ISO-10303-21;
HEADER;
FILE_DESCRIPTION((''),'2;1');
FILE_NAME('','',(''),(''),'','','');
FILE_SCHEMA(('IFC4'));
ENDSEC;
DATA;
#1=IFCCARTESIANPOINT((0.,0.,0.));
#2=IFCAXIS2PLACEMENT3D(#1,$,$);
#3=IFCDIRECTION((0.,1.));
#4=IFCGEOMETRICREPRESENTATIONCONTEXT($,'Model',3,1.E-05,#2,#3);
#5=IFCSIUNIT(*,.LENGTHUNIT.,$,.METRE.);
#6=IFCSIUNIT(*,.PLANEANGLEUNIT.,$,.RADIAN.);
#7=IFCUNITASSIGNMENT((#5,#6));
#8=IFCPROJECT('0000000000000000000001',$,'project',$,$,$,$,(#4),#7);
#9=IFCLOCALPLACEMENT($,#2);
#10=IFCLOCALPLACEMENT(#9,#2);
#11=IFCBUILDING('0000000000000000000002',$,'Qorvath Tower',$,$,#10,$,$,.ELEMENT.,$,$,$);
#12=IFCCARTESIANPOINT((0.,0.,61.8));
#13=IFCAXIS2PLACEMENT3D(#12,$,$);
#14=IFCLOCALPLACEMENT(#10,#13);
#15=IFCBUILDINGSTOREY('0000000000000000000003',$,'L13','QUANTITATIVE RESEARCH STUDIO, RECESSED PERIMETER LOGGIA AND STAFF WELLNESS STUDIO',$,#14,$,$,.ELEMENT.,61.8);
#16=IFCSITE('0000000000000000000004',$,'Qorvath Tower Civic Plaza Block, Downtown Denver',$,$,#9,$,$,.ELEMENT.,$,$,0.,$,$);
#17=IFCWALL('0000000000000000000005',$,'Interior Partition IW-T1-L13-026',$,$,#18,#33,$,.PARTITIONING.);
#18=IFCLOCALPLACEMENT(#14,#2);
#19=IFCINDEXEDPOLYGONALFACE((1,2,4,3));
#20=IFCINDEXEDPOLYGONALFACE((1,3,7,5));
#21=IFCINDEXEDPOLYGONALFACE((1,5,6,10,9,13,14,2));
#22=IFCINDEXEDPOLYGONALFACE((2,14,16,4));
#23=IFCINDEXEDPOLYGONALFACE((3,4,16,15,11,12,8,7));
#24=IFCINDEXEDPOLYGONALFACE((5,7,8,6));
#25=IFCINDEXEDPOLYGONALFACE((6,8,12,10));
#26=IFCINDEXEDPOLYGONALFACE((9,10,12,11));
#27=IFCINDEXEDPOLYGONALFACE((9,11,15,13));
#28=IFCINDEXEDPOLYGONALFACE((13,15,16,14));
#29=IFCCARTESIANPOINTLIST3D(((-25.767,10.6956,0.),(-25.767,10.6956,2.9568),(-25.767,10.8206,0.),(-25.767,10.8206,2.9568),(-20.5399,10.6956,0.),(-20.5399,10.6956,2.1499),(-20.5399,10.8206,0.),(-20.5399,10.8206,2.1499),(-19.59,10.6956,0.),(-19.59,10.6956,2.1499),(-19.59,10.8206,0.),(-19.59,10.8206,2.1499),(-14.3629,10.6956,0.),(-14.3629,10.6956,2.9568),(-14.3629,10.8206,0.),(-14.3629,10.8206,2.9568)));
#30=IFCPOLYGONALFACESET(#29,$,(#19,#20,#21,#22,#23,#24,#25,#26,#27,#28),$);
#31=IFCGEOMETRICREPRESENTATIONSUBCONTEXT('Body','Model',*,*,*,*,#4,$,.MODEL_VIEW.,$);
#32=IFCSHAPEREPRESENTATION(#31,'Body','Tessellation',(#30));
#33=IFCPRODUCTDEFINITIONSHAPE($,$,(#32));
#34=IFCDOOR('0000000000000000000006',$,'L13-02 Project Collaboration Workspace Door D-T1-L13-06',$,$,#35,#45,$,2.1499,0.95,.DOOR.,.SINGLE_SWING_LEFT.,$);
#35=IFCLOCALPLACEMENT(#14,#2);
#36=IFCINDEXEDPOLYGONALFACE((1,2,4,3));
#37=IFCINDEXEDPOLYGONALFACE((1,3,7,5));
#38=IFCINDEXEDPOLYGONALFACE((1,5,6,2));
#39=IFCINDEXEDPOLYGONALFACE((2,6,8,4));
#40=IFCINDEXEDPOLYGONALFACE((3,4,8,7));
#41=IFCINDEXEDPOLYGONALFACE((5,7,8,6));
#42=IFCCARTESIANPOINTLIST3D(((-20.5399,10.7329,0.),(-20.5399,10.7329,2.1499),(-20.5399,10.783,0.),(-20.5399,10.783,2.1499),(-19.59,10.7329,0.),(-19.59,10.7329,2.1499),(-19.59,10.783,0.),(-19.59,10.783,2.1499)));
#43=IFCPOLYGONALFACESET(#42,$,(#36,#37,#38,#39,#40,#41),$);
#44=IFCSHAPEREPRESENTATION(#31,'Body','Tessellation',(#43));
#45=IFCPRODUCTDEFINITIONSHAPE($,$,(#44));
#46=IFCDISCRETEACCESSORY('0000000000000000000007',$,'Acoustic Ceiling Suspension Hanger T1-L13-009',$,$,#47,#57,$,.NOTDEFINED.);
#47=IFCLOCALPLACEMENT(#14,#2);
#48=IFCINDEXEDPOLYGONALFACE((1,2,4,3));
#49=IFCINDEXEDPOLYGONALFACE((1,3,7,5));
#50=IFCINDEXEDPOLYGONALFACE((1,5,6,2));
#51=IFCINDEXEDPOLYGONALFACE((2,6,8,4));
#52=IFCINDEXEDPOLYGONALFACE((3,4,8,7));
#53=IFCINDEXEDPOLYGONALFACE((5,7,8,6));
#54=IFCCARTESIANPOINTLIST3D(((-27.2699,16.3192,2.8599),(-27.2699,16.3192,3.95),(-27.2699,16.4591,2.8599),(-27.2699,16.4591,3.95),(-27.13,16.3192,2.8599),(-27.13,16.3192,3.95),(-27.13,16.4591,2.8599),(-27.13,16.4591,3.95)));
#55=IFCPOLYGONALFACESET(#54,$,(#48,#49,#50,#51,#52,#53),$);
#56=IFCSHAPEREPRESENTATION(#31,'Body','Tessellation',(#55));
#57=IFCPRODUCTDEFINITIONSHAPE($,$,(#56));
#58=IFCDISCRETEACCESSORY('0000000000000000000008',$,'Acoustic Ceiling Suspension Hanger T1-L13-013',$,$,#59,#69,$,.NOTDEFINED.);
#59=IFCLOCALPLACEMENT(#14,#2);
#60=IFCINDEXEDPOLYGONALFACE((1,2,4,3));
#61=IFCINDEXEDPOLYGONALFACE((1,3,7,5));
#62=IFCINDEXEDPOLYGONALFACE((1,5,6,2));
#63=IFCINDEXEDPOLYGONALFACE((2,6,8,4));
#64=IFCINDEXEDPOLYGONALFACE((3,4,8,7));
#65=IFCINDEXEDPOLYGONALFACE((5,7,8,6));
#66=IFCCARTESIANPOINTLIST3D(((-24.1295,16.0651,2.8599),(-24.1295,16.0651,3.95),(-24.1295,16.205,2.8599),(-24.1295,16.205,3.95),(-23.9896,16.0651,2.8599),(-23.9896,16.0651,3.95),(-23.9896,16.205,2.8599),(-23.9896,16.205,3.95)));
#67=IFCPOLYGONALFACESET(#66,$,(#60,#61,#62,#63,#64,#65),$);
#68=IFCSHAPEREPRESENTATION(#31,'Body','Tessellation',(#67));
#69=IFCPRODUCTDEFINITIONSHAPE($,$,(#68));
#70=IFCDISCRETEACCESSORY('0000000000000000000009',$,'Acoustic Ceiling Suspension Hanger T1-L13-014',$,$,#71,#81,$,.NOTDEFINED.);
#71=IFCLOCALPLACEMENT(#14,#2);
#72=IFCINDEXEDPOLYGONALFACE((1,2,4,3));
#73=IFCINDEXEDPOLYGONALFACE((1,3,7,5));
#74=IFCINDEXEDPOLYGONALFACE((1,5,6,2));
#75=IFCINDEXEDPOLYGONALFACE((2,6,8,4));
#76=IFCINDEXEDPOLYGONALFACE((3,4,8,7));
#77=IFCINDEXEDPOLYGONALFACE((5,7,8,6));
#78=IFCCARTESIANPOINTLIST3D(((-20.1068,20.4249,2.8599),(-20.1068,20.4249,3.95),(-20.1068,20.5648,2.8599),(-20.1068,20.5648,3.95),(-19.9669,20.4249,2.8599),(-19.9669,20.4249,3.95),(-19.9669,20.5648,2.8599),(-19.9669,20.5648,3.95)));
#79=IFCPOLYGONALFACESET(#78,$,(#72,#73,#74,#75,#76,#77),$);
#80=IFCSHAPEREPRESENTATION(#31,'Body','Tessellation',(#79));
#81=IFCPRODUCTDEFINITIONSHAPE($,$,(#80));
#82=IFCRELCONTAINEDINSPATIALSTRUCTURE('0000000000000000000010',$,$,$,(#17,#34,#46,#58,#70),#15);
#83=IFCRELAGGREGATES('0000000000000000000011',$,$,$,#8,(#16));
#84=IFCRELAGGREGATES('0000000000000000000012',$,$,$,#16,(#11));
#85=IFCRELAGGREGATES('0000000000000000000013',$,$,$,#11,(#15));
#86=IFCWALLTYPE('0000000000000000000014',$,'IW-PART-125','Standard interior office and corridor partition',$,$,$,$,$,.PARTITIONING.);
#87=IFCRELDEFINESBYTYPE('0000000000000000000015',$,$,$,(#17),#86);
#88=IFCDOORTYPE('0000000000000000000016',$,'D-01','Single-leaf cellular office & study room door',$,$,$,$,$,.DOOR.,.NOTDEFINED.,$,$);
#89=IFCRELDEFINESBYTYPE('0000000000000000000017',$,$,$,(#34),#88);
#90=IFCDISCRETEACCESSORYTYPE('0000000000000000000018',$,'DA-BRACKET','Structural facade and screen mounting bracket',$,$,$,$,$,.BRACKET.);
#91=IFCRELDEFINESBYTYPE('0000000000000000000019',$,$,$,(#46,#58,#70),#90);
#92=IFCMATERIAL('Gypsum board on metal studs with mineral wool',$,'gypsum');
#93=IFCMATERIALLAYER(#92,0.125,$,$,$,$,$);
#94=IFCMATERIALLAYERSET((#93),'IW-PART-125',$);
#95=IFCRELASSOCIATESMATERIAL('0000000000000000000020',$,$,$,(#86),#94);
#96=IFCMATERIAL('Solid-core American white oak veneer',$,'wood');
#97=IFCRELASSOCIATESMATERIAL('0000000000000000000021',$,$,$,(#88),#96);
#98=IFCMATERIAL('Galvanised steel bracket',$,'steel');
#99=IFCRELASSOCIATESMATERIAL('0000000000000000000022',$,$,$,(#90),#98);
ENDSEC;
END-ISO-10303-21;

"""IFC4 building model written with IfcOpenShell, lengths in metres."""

from ifc_helpers import new_model, si_unit, direction, frame, frame_2d, origin, origin_2d, place, context, subcontext, project, spatial, rectangle, extrude, material, layer, layer_set, type_object, element, fill, save


model = new_model("IFC4")

# Units and contexts
model_context = context("Model", 3, precision=1e-05, world=origin(), true_north=direction((0.0, 1.0)))
body_context = subcontext(model_context, "Body", "Model", "MODEL_VIEW")
ifc_project = project(units=[si_unit("LENGTHUNIT", "METRE"), si_unit("PLANEANGLEUNIT", "RADIAN")], contexts=[model_context])

# Site, building, storey
site_placement = place(None, origin())
site = spatial("IfcSite", under=ifc_project, at=site_placement, Name="Qorvath Tower Civic Plaza Block, Downtown Denver", CompositionType="ELEMENT", RefElevation=0.0)
building_placement = place(site_placement, origin())
building = spatial("IfcBuilding", under=site, at=building_placement, Name="Qorvath Tower", CompositionType="ELEMENT")
storey_placement = place(building_placement, frame((0.0, 0.0, 61.8)))
storey = spatial("IfcBuildingStorey", under=building, at=storey_placement, Name="L13", Description="QUANTITATIVE RESEARCH STUDIO, RECESSED PERIMETER LOGGIA AND STAFF WELLNESS STUDIO", CompositionType="ELEMENT", Elevation=61.8)

# Shared definitions
ifc_material_1 = material(Name="Gypsum board on metal studs with mineral wool", Category="gypsum")
ifc_layer_1 = layer(ifc_material_1, 0.125)
ifc_layer_set_1 = layer_set([ifc_layer_1], Name="IW-PART-125")
wall_type_1 = type_object("IfcWallType", Name="IW-PART-125", Description="Standard interior office and corridor partition", PredefinedType="PARTITIONING", material=ifc_layer_set_1)

# Wall, opening, door
wall_1_placement = place(storey_placement, frame((-25.7671, 10.7581, 0.0), z_axis=(0.0, 0.0, 1.0), x_axis=(1.0, 0.0, 0.0)))
wall_1 = element("IfcWall", 1, at=wall_1_placement, inside=storey, type_object=wall_type_1, Name="Interior Partition IW-T1-L13-026", PredefinedType="PARTITIONING", context=body_context, shape_type="SweptSolid", body=[
    extrude(rectangle(XDim=11.4041, YDim=0.125, at=frame_2d((5.7021, 0.0))), origin(), (0.0, 0.0, 1.0), 2.9568),
])
opening_placement = place(wall_1_placement, frame((5.2271, 0.0, 0.0)))
opening = element("IfcOpeningElement", 2, at=opening_placement, cuts=wall_1, PredefinedType="OPENING", context=body_context, shape_type="SweptSolid", body=[
    extrude(rectangle(XDim=0.95, YDim=2.1499, at=frame_2d((0.4751, 1.075))), frame((0.0, 0.0725, 0.0), z_axis=(0.0, -1.0, 0.0), x_axis=(1.0, 0.0, 0.0)), (0.0, 0.0, 1.0), 0.145),
])
ifc_material_2 = material(Name="Solid-core American white oak veneer", Category="wood")
door_type = type_object("IfcDoorType", Name="D-01", Description="Single-leaf cellular office & study room door", OperationType="NOTDEFINED", PredefinedType="DOOR", material=ifc_material_2)
door_placement = place(opening_placement, origin())
door = element("IfcDoor", 3, at=door_placement, inside=storey, type_object=door_type, Name="L13-02 Project Collaboration Workspace Door D-T1-L13-06", OperationType="SINGLE_SWING_LEFT", OverallHeight=2.1499, OverallWidth=0.95, PredefinedType="DOOR", context=body_context, shape_type="SweptSolid", body=[
    extrude(rectangle(XDim=0.95, YDim=2.1499, at=frame_2d((0.4751, 1.075))), frame((0.0, 0.0249, 0.0), z_axis=(0.0, -1.0, 0.0), x_axis=(1.0, 0.0, 0.0)), (0.0, 0.0, 1.0), 0.05),
])
fill(opening, door)

# Discrete accessories
ifc_material_3 = material(Name="Galvanised steel bracket", Category="steel")
discrete_accessory_type = type_object("IfcDiscreteAccessoryType", Name="DA-BRACKET", Description="Structural facade and screen mounting bracket", PredefinedType="BRACKET", material=ifc_material_3)
for number, where, z_axis, x_axis, name in (
    (4, (-27.2, 16.3892, 2.8599), (0.0, 0.0, 1.0), (1.0, 0.0, 0.0), "Acoustic Ceiling Suspension Hanger T1-L13-009"),
    (5, (-24.0596, 16.135, 2.8599), (0.0, 0.0, 1.0), (1.0, 0.0, 0.0), "Acoustic Ceiling Suspension Hanger T1-L13-013"),
    (6, (-20.0369, 20.4949, 2.8599), (0.0, 0.0, 1.0), (1.0, 0.0, 0.0), "Acoustic Ceiling Suspension Hanger T1-L13-014"),
):
    element("IfcDiscreteAccessory", number, at=place(storey_placement, frame(where, z_axis=z_axis, x_axis=x_axis)), inside=storey, type_object=discrete_accessory_type, Name=name, PredefinedType="NOTDEFINED", context=body_context, shape_type="SweptSolid", body=[
        extrude(rectangle(XDim=0.1399, YDim=0.1399, at=origin_2d()), origin(), (0.0, 0.0, 1.0), 1.0901),
    ])

save(model, "model.ifc")
